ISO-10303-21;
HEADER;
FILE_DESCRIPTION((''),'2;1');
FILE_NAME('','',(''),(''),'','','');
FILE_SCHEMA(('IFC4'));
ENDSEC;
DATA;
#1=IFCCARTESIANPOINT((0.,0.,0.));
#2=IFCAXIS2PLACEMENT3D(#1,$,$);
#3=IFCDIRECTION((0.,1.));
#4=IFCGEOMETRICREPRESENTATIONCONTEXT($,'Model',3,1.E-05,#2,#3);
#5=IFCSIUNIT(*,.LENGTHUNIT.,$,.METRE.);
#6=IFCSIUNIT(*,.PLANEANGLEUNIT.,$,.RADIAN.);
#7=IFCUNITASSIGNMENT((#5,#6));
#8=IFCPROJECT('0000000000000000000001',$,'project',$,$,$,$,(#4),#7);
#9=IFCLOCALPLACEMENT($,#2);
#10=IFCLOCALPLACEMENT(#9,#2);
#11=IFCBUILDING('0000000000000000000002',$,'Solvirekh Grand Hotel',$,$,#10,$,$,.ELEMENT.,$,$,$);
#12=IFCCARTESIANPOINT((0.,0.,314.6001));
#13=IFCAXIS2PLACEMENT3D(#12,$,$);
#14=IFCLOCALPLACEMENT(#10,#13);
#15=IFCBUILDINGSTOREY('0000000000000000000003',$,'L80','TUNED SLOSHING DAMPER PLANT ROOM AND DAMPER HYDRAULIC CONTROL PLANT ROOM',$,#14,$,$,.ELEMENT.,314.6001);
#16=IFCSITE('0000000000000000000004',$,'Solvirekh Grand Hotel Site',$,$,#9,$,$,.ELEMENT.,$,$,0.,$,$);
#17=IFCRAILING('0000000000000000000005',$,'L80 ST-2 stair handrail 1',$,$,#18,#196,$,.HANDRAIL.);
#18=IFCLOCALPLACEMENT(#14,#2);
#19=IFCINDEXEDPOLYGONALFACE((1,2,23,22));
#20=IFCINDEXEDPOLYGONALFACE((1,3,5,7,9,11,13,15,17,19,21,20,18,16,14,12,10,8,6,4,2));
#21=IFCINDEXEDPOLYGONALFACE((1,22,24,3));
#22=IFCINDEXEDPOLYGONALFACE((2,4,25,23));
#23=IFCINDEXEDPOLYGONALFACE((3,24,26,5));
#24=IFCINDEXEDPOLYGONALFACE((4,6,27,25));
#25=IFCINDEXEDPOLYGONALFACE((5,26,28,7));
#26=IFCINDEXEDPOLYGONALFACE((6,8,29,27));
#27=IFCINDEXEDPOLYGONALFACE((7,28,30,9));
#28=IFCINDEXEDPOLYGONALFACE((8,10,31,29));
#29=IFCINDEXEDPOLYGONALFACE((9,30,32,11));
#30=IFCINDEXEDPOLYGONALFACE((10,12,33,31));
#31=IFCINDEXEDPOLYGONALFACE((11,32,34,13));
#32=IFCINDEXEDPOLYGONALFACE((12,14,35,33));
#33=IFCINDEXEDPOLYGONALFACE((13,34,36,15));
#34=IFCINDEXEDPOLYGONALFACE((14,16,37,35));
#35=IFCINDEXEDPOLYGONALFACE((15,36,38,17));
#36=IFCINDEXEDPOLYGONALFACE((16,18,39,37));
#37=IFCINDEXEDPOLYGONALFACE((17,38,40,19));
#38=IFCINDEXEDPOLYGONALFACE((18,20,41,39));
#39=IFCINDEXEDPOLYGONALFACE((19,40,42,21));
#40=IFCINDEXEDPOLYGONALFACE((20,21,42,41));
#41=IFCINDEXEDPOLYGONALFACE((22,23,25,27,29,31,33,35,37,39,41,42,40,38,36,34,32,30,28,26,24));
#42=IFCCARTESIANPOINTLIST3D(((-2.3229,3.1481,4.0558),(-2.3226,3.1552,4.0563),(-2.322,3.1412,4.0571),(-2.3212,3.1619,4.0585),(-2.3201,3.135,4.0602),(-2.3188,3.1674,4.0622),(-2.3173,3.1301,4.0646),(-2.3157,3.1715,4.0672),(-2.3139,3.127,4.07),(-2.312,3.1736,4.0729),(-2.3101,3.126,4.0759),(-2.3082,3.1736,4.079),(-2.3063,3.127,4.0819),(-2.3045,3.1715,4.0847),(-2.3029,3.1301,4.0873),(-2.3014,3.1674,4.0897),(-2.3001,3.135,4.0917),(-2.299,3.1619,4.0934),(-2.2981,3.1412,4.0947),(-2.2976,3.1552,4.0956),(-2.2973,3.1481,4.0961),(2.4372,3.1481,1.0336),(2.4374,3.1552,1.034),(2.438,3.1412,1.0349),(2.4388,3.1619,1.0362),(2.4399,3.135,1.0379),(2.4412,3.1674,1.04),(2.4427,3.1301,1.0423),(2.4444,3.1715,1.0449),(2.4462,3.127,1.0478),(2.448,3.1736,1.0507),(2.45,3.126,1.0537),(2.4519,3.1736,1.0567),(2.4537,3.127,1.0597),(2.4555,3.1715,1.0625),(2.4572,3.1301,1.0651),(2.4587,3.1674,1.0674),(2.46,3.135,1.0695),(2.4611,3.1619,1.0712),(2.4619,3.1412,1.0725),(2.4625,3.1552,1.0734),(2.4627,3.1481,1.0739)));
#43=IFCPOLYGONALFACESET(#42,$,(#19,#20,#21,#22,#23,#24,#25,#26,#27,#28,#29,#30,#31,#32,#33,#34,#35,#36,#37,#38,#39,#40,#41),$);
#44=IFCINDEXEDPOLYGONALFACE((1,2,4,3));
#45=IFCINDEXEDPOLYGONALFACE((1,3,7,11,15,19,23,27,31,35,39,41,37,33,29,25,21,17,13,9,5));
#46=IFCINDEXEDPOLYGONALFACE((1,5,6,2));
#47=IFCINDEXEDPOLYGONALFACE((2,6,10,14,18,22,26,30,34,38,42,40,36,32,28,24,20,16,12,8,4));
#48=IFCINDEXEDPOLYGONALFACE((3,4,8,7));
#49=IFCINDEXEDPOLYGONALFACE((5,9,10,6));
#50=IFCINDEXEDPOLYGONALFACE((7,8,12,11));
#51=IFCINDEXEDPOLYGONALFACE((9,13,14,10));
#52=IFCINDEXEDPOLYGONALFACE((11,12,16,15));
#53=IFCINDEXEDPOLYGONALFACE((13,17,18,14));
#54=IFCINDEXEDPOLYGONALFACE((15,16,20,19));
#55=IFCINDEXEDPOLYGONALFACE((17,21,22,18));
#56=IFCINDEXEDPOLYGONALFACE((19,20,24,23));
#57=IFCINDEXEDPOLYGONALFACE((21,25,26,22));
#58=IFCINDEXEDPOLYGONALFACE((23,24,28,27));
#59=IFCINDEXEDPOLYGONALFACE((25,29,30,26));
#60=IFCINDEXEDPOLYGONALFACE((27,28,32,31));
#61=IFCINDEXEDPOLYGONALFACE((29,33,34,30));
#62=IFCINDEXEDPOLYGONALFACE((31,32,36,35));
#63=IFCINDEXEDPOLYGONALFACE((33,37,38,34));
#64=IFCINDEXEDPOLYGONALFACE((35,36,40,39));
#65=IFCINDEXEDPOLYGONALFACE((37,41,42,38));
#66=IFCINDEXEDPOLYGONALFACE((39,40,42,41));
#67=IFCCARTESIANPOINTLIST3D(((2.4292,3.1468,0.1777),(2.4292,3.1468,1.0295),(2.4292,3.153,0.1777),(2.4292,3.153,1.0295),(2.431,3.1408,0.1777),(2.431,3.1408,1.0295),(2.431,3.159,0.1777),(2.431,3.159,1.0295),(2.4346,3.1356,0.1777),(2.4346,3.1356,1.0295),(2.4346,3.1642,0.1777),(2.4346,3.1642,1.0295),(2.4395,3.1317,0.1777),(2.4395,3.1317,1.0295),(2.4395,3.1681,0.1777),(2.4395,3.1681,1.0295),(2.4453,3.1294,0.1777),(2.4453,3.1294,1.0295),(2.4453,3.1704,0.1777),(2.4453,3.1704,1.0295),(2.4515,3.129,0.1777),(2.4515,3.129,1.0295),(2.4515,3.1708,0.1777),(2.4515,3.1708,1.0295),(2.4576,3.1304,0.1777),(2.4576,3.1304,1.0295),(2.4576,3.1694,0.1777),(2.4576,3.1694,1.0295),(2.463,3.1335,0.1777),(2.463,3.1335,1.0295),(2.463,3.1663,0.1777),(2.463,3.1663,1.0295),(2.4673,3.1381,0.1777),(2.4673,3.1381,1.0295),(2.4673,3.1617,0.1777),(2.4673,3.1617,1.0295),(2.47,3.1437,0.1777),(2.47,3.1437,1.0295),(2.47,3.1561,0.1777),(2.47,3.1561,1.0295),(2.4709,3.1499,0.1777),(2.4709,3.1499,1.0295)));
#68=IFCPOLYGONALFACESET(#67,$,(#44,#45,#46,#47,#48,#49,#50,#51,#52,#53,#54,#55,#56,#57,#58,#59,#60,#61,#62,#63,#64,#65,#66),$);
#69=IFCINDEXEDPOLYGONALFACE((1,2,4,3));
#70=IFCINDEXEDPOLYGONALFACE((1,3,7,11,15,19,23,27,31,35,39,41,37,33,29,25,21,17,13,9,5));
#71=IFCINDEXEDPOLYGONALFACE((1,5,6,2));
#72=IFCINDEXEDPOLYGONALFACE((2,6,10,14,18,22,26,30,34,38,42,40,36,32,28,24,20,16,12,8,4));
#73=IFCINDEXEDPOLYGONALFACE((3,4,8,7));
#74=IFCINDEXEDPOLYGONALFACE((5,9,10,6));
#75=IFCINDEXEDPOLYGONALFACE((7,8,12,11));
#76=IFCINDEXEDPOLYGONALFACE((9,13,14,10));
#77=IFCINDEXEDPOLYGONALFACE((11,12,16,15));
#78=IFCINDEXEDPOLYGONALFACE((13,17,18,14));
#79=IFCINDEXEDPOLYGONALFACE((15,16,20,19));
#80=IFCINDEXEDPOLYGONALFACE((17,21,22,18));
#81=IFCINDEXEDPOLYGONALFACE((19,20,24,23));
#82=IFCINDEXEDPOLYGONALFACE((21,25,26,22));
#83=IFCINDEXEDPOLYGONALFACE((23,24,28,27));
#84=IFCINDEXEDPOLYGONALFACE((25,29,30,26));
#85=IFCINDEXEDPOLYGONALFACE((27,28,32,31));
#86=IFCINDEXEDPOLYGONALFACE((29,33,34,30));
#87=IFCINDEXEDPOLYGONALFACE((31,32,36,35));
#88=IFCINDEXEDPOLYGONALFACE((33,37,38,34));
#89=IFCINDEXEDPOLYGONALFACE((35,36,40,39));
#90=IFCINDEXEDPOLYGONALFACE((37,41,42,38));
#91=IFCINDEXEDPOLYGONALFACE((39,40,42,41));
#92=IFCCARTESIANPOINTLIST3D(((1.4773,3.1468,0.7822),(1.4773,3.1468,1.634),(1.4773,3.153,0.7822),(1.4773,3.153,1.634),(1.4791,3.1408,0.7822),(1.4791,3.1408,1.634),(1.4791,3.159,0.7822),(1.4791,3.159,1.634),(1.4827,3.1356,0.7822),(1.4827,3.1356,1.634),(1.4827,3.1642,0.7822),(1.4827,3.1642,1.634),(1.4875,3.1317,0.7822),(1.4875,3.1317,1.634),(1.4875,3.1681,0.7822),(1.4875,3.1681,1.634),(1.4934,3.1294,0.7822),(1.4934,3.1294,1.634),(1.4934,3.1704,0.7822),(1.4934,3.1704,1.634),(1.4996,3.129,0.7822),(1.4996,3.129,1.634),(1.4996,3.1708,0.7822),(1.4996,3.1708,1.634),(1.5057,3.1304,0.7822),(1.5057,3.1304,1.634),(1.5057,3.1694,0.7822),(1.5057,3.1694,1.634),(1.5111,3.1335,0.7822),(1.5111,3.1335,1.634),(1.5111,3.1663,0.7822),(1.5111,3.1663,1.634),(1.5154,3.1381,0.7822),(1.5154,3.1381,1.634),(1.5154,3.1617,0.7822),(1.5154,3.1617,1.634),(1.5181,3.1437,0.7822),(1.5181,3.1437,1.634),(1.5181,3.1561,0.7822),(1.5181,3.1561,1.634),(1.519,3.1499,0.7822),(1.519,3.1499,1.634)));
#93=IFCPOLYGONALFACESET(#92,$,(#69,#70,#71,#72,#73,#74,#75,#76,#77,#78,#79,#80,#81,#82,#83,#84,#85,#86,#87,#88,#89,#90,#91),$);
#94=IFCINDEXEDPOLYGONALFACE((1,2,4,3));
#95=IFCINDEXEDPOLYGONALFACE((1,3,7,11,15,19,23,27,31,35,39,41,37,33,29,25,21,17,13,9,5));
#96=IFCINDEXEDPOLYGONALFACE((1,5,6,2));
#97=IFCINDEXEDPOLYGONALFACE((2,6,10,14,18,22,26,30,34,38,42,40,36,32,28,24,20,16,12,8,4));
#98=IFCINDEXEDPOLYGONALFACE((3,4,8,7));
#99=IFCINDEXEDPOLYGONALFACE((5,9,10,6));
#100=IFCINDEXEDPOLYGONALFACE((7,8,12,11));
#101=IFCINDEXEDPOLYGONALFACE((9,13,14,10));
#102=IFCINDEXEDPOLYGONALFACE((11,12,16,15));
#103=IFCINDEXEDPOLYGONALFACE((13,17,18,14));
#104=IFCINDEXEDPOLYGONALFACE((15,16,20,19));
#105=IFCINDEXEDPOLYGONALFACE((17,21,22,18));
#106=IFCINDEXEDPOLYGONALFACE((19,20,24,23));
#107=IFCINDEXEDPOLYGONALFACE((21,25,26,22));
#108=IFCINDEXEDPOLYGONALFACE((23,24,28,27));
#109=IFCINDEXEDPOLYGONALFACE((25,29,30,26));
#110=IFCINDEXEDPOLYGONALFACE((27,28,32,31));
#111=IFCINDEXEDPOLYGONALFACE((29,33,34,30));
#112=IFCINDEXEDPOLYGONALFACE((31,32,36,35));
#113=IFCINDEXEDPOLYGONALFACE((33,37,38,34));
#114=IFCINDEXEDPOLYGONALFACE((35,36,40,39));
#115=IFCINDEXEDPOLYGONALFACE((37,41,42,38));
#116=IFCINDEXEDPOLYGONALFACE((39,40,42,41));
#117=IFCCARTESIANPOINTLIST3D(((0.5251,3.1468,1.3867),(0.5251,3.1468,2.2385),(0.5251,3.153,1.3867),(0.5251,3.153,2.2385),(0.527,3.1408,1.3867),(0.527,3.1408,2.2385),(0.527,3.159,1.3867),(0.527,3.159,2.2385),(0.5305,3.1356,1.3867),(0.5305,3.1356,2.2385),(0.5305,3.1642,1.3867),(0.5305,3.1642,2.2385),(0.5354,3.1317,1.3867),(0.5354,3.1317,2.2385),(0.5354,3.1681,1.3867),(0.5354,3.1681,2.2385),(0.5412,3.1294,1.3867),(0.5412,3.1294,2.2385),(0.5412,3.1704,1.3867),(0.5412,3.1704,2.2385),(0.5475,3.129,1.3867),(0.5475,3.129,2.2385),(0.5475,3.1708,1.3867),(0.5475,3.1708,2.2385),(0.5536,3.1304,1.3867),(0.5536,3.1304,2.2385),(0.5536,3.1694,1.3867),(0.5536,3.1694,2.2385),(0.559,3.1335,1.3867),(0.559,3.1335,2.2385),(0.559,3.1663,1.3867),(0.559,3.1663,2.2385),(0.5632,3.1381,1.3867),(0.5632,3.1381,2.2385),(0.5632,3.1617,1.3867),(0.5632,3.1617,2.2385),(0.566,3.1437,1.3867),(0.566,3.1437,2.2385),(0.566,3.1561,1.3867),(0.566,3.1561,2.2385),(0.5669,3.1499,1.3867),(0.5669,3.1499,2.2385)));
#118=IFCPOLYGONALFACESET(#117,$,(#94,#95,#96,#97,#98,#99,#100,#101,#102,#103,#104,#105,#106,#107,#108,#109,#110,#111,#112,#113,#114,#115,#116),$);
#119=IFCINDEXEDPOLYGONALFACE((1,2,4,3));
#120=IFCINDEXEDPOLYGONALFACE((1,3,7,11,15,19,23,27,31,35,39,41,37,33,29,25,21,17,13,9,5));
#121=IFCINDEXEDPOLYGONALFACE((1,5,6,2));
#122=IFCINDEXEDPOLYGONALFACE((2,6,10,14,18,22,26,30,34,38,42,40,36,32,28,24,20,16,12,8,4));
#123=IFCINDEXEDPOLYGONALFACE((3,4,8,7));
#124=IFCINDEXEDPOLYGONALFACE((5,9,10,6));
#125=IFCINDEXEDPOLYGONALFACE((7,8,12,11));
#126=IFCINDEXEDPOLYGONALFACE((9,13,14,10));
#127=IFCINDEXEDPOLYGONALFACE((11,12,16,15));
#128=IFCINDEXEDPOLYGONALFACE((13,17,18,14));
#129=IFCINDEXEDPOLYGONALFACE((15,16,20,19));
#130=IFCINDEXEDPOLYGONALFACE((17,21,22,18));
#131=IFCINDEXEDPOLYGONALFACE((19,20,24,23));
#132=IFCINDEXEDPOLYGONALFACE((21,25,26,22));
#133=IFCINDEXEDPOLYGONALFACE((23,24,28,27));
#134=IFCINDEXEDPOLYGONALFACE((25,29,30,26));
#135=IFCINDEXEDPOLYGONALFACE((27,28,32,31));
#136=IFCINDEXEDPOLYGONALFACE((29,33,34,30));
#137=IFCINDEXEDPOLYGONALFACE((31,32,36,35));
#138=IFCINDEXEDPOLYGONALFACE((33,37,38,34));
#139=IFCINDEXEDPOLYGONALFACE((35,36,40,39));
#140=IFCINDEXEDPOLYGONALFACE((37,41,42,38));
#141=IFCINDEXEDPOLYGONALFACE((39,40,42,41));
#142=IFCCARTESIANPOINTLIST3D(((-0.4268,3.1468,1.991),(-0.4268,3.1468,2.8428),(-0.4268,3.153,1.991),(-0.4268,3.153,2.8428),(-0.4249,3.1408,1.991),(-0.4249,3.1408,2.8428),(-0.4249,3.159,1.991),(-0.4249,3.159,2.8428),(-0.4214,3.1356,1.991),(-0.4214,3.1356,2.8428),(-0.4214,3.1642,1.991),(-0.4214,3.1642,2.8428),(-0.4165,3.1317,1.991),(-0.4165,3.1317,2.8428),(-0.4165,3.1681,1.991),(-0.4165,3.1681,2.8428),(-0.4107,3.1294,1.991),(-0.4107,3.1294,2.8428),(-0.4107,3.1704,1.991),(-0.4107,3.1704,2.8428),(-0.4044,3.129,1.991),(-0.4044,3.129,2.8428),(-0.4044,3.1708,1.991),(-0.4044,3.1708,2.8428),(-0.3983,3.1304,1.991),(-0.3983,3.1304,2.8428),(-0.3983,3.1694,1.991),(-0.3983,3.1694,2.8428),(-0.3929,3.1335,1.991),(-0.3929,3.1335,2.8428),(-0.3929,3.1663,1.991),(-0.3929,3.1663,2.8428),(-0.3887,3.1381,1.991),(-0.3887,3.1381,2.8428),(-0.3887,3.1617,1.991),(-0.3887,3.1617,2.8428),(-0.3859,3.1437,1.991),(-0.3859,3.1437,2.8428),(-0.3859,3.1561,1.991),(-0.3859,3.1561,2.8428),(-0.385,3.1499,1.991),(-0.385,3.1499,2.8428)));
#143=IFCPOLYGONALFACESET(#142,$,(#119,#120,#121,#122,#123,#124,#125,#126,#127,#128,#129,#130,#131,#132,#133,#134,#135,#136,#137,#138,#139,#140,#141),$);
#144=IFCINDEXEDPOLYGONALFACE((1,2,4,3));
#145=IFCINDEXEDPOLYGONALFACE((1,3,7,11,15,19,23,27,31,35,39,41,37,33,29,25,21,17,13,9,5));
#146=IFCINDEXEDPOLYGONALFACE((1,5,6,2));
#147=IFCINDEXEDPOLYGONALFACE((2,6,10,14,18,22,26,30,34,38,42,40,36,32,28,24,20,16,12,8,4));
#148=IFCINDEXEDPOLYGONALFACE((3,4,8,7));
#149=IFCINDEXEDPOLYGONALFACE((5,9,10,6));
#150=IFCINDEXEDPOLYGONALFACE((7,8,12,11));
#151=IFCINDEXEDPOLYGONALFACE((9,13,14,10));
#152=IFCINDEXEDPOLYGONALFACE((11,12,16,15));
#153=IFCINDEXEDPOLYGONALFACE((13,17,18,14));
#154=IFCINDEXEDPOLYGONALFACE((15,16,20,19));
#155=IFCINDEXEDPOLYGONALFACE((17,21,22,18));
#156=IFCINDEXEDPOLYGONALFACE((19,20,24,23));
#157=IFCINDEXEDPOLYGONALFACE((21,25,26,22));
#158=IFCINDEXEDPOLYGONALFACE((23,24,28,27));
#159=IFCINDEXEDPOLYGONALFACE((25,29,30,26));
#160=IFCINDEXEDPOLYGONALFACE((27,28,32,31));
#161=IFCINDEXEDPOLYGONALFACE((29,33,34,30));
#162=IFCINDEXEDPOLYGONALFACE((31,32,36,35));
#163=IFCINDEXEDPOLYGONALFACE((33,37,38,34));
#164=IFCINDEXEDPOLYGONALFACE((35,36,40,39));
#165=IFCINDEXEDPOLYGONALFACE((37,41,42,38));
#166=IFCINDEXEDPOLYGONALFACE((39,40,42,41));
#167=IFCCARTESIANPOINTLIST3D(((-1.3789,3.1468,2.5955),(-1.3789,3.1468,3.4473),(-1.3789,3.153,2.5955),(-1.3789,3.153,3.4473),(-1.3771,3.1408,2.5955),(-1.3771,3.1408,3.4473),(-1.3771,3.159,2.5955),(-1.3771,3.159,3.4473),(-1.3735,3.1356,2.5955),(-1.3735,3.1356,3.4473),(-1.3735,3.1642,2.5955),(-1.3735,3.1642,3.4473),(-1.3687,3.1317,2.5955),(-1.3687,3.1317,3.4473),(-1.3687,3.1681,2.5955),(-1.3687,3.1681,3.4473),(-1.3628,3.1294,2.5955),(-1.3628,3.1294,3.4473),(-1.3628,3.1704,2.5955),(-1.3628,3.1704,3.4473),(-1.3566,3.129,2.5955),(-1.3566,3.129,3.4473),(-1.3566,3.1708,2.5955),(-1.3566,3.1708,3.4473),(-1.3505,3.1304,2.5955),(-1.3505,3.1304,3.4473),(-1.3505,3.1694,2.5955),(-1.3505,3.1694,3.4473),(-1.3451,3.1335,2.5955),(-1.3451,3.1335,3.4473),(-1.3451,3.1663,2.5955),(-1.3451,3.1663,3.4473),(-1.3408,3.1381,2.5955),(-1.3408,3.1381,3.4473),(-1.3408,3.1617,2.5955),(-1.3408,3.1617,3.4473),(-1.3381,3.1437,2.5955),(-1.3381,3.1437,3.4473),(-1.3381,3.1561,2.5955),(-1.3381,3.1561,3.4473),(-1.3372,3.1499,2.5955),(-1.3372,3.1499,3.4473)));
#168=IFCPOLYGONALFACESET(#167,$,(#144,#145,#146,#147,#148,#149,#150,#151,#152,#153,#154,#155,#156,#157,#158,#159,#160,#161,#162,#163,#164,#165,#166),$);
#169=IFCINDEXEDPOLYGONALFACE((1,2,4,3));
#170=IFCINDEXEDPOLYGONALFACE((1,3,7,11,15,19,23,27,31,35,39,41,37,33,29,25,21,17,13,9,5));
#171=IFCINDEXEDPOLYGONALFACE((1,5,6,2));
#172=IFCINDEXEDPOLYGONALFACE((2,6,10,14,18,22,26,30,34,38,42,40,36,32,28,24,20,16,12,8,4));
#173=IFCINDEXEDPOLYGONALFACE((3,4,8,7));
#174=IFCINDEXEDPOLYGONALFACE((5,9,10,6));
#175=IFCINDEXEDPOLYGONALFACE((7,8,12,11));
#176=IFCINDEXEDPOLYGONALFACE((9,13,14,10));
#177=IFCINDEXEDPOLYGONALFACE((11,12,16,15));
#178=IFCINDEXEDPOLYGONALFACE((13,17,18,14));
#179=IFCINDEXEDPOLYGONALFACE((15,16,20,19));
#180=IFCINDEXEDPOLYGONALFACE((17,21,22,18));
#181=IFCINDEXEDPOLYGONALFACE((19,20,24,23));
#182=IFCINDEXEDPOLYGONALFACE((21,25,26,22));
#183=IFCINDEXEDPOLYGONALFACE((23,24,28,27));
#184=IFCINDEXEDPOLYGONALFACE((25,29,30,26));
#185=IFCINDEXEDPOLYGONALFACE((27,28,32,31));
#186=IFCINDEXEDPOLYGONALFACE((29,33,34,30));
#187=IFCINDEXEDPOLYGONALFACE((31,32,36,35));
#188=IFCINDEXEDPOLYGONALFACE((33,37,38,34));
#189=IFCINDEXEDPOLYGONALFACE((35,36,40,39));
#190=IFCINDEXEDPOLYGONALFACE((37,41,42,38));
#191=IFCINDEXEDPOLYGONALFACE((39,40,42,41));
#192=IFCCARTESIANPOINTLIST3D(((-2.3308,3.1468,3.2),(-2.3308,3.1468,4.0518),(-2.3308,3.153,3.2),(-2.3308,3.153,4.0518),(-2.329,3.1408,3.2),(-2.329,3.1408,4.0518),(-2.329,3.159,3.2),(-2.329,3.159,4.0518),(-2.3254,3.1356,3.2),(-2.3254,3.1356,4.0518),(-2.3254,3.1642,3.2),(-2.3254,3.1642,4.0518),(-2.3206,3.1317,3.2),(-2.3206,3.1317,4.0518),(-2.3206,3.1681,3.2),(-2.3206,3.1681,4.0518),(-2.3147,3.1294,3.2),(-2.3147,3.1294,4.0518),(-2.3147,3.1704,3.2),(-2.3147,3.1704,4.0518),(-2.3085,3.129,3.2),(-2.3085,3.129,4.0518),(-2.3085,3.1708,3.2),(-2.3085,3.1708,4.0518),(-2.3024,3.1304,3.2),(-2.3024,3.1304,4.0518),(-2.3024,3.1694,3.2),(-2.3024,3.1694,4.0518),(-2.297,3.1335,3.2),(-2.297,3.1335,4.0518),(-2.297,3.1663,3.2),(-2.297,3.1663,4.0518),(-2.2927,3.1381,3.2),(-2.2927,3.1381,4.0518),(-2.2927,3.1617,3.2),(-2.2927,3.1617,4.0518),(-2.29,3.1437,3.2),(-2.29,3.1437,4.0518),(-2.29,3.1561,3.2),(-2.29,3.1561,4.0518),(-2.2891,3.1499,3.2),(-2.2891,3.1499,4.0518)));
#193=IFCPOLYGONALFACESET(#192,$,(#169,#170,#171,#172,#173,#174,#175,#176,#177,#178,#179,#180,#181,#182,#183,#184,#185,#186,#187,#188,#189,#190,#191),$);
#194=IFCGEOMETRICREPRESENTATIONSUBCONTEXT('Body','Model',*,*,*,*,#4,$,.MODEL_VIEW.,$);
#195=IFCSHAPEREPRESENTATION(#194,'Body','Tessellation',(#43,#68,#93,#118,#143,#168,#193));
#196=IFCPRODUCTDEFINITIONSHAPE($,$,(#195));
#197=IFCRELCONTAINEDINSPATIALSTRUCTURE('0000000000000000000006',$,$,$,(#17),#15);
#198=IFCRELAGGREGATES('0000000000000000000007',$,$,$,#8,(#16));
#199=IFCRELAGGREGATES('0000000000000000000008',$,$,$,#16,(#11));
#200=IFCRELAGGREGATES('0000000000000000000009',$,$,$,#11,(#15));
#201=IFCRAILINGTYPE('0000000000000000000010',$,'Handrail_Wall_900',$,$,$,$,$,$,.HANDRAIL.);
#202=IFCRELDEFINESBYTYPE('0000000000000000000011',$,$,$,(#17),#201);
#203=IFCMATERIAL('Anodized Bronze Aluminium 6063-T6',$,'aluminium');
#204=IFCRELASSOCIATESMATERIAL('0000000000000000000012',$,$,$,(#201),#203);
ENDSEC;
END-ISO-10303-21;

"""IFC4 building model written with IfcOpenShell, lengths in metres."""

from ifc_helpers import new_model, si_unit, direction, frame, origin, origin_2d, place, context, subcontext, project, spatial, circle, extrude, material, type_object, element, save


model = new_model("IFC4")

# Units and contexts
model_context = context("Model", 3, precision=1e-05, world=origin(), true_north=direction((0.0, 1.0)))
body_context = subcontext(model_context, "Body", "Model", "MODEL_VIEW")
ifc_project = project(units=[si_unit("LENGTHUNIT", "METRE"), si_unit("PLANEANGLEUNIT", "RADIAN")], contexts=[model_context])

# Site, building, storey
site_placement = place(None, origin())
site = spatial("IfcSite", under=ifc_project, at=site_placement, Name="Solvirekh Grand Hotel Site", CompositionType="ELEMENT", RefElevation=0.0)
building_placement = place(site_placement, origin())
building = spatial("IfcBuilding", under=site, at=building_placement, Name="Solvirekh Grand Hotel", CompositionType="ELEMENT")
storey_placement = place(building_placement, frame((0.0, 0.0, 314.6001)))
storey = spatial("IfcBuildingStorey", under=building, at=storey_placement, Name="L80", Description="TUNED SLOSHING DAMPER PLANT ROOM AND DAMPER HYDRAULIC CONTROL PLANT ROOM", CompositionType="ELEMENT", Elevation=314.6001)

# Shared definitions
ifc_material_1 = material(Name="Anodized Bronze Aluminium 6063-T6", Category="aluminium")

# Railing
railing_type_1 = type_object("IfcRailingType", Name="Handrail_Wall_900", PredefinedType="HANDRAIL", material=ifc_material_1)
railing_1_placement = place(storey_placement, frame((2.45, 3.1499, 0.1777)))
element("IfcRailing", 1, at=railing_1_placement, inside=storey, type_object=railing_type_1, Name="L80 ST-2 stair handrail 1", PredefinedType="HANDRAIL", context=body_context, shape_type="SweptSolid", body=[
    extrude(circle(Radius=0.0239, at=origin_2d()), frame((0.0, 0.0, 0.876), z_axis=(-0.844214, 0.0, 0.536007), x_axis=(0.0, -1.0, 0.0)), (0.0, 0.0, 1.0), 5.6384),
    extrude(circle(Radius=0.021, at=origin_2d()), origin(), (0.0, 0.0, 1.0), 0.8518),
    extrude(circle(Radius=0.021, at=origin_2d()), frame((-0.9519, 0.0, 0.6045)), (0.0, 0.0, 1.0), 0.8518),
    extrude(circle(Radius=0.021, at=origin_2d()), frame((-1.9041, 0.0, 1.209)), (0.0, 0.0, 1.0), 0.8518),
    extrude(circle(Radius=0.021, at=origin_2d()), frame((-2.856, 0.0, 1.8132)), (0.0, 0.0, 1.0), 0.8518),
    extrude(circle(Radius=0.021, at=origin_2d()), frame((-3.8081, 0.0, 2.4177)), (0.0, 0.0, 1.0), 0.8518),
    extrude(circle(Radius=0.021, at=origin_2d()), frame((-4.76, 0.0, 3.0222)), (0.0, 0.0, 1.0), 0.8518),
])

save(model, "model.ifc")
